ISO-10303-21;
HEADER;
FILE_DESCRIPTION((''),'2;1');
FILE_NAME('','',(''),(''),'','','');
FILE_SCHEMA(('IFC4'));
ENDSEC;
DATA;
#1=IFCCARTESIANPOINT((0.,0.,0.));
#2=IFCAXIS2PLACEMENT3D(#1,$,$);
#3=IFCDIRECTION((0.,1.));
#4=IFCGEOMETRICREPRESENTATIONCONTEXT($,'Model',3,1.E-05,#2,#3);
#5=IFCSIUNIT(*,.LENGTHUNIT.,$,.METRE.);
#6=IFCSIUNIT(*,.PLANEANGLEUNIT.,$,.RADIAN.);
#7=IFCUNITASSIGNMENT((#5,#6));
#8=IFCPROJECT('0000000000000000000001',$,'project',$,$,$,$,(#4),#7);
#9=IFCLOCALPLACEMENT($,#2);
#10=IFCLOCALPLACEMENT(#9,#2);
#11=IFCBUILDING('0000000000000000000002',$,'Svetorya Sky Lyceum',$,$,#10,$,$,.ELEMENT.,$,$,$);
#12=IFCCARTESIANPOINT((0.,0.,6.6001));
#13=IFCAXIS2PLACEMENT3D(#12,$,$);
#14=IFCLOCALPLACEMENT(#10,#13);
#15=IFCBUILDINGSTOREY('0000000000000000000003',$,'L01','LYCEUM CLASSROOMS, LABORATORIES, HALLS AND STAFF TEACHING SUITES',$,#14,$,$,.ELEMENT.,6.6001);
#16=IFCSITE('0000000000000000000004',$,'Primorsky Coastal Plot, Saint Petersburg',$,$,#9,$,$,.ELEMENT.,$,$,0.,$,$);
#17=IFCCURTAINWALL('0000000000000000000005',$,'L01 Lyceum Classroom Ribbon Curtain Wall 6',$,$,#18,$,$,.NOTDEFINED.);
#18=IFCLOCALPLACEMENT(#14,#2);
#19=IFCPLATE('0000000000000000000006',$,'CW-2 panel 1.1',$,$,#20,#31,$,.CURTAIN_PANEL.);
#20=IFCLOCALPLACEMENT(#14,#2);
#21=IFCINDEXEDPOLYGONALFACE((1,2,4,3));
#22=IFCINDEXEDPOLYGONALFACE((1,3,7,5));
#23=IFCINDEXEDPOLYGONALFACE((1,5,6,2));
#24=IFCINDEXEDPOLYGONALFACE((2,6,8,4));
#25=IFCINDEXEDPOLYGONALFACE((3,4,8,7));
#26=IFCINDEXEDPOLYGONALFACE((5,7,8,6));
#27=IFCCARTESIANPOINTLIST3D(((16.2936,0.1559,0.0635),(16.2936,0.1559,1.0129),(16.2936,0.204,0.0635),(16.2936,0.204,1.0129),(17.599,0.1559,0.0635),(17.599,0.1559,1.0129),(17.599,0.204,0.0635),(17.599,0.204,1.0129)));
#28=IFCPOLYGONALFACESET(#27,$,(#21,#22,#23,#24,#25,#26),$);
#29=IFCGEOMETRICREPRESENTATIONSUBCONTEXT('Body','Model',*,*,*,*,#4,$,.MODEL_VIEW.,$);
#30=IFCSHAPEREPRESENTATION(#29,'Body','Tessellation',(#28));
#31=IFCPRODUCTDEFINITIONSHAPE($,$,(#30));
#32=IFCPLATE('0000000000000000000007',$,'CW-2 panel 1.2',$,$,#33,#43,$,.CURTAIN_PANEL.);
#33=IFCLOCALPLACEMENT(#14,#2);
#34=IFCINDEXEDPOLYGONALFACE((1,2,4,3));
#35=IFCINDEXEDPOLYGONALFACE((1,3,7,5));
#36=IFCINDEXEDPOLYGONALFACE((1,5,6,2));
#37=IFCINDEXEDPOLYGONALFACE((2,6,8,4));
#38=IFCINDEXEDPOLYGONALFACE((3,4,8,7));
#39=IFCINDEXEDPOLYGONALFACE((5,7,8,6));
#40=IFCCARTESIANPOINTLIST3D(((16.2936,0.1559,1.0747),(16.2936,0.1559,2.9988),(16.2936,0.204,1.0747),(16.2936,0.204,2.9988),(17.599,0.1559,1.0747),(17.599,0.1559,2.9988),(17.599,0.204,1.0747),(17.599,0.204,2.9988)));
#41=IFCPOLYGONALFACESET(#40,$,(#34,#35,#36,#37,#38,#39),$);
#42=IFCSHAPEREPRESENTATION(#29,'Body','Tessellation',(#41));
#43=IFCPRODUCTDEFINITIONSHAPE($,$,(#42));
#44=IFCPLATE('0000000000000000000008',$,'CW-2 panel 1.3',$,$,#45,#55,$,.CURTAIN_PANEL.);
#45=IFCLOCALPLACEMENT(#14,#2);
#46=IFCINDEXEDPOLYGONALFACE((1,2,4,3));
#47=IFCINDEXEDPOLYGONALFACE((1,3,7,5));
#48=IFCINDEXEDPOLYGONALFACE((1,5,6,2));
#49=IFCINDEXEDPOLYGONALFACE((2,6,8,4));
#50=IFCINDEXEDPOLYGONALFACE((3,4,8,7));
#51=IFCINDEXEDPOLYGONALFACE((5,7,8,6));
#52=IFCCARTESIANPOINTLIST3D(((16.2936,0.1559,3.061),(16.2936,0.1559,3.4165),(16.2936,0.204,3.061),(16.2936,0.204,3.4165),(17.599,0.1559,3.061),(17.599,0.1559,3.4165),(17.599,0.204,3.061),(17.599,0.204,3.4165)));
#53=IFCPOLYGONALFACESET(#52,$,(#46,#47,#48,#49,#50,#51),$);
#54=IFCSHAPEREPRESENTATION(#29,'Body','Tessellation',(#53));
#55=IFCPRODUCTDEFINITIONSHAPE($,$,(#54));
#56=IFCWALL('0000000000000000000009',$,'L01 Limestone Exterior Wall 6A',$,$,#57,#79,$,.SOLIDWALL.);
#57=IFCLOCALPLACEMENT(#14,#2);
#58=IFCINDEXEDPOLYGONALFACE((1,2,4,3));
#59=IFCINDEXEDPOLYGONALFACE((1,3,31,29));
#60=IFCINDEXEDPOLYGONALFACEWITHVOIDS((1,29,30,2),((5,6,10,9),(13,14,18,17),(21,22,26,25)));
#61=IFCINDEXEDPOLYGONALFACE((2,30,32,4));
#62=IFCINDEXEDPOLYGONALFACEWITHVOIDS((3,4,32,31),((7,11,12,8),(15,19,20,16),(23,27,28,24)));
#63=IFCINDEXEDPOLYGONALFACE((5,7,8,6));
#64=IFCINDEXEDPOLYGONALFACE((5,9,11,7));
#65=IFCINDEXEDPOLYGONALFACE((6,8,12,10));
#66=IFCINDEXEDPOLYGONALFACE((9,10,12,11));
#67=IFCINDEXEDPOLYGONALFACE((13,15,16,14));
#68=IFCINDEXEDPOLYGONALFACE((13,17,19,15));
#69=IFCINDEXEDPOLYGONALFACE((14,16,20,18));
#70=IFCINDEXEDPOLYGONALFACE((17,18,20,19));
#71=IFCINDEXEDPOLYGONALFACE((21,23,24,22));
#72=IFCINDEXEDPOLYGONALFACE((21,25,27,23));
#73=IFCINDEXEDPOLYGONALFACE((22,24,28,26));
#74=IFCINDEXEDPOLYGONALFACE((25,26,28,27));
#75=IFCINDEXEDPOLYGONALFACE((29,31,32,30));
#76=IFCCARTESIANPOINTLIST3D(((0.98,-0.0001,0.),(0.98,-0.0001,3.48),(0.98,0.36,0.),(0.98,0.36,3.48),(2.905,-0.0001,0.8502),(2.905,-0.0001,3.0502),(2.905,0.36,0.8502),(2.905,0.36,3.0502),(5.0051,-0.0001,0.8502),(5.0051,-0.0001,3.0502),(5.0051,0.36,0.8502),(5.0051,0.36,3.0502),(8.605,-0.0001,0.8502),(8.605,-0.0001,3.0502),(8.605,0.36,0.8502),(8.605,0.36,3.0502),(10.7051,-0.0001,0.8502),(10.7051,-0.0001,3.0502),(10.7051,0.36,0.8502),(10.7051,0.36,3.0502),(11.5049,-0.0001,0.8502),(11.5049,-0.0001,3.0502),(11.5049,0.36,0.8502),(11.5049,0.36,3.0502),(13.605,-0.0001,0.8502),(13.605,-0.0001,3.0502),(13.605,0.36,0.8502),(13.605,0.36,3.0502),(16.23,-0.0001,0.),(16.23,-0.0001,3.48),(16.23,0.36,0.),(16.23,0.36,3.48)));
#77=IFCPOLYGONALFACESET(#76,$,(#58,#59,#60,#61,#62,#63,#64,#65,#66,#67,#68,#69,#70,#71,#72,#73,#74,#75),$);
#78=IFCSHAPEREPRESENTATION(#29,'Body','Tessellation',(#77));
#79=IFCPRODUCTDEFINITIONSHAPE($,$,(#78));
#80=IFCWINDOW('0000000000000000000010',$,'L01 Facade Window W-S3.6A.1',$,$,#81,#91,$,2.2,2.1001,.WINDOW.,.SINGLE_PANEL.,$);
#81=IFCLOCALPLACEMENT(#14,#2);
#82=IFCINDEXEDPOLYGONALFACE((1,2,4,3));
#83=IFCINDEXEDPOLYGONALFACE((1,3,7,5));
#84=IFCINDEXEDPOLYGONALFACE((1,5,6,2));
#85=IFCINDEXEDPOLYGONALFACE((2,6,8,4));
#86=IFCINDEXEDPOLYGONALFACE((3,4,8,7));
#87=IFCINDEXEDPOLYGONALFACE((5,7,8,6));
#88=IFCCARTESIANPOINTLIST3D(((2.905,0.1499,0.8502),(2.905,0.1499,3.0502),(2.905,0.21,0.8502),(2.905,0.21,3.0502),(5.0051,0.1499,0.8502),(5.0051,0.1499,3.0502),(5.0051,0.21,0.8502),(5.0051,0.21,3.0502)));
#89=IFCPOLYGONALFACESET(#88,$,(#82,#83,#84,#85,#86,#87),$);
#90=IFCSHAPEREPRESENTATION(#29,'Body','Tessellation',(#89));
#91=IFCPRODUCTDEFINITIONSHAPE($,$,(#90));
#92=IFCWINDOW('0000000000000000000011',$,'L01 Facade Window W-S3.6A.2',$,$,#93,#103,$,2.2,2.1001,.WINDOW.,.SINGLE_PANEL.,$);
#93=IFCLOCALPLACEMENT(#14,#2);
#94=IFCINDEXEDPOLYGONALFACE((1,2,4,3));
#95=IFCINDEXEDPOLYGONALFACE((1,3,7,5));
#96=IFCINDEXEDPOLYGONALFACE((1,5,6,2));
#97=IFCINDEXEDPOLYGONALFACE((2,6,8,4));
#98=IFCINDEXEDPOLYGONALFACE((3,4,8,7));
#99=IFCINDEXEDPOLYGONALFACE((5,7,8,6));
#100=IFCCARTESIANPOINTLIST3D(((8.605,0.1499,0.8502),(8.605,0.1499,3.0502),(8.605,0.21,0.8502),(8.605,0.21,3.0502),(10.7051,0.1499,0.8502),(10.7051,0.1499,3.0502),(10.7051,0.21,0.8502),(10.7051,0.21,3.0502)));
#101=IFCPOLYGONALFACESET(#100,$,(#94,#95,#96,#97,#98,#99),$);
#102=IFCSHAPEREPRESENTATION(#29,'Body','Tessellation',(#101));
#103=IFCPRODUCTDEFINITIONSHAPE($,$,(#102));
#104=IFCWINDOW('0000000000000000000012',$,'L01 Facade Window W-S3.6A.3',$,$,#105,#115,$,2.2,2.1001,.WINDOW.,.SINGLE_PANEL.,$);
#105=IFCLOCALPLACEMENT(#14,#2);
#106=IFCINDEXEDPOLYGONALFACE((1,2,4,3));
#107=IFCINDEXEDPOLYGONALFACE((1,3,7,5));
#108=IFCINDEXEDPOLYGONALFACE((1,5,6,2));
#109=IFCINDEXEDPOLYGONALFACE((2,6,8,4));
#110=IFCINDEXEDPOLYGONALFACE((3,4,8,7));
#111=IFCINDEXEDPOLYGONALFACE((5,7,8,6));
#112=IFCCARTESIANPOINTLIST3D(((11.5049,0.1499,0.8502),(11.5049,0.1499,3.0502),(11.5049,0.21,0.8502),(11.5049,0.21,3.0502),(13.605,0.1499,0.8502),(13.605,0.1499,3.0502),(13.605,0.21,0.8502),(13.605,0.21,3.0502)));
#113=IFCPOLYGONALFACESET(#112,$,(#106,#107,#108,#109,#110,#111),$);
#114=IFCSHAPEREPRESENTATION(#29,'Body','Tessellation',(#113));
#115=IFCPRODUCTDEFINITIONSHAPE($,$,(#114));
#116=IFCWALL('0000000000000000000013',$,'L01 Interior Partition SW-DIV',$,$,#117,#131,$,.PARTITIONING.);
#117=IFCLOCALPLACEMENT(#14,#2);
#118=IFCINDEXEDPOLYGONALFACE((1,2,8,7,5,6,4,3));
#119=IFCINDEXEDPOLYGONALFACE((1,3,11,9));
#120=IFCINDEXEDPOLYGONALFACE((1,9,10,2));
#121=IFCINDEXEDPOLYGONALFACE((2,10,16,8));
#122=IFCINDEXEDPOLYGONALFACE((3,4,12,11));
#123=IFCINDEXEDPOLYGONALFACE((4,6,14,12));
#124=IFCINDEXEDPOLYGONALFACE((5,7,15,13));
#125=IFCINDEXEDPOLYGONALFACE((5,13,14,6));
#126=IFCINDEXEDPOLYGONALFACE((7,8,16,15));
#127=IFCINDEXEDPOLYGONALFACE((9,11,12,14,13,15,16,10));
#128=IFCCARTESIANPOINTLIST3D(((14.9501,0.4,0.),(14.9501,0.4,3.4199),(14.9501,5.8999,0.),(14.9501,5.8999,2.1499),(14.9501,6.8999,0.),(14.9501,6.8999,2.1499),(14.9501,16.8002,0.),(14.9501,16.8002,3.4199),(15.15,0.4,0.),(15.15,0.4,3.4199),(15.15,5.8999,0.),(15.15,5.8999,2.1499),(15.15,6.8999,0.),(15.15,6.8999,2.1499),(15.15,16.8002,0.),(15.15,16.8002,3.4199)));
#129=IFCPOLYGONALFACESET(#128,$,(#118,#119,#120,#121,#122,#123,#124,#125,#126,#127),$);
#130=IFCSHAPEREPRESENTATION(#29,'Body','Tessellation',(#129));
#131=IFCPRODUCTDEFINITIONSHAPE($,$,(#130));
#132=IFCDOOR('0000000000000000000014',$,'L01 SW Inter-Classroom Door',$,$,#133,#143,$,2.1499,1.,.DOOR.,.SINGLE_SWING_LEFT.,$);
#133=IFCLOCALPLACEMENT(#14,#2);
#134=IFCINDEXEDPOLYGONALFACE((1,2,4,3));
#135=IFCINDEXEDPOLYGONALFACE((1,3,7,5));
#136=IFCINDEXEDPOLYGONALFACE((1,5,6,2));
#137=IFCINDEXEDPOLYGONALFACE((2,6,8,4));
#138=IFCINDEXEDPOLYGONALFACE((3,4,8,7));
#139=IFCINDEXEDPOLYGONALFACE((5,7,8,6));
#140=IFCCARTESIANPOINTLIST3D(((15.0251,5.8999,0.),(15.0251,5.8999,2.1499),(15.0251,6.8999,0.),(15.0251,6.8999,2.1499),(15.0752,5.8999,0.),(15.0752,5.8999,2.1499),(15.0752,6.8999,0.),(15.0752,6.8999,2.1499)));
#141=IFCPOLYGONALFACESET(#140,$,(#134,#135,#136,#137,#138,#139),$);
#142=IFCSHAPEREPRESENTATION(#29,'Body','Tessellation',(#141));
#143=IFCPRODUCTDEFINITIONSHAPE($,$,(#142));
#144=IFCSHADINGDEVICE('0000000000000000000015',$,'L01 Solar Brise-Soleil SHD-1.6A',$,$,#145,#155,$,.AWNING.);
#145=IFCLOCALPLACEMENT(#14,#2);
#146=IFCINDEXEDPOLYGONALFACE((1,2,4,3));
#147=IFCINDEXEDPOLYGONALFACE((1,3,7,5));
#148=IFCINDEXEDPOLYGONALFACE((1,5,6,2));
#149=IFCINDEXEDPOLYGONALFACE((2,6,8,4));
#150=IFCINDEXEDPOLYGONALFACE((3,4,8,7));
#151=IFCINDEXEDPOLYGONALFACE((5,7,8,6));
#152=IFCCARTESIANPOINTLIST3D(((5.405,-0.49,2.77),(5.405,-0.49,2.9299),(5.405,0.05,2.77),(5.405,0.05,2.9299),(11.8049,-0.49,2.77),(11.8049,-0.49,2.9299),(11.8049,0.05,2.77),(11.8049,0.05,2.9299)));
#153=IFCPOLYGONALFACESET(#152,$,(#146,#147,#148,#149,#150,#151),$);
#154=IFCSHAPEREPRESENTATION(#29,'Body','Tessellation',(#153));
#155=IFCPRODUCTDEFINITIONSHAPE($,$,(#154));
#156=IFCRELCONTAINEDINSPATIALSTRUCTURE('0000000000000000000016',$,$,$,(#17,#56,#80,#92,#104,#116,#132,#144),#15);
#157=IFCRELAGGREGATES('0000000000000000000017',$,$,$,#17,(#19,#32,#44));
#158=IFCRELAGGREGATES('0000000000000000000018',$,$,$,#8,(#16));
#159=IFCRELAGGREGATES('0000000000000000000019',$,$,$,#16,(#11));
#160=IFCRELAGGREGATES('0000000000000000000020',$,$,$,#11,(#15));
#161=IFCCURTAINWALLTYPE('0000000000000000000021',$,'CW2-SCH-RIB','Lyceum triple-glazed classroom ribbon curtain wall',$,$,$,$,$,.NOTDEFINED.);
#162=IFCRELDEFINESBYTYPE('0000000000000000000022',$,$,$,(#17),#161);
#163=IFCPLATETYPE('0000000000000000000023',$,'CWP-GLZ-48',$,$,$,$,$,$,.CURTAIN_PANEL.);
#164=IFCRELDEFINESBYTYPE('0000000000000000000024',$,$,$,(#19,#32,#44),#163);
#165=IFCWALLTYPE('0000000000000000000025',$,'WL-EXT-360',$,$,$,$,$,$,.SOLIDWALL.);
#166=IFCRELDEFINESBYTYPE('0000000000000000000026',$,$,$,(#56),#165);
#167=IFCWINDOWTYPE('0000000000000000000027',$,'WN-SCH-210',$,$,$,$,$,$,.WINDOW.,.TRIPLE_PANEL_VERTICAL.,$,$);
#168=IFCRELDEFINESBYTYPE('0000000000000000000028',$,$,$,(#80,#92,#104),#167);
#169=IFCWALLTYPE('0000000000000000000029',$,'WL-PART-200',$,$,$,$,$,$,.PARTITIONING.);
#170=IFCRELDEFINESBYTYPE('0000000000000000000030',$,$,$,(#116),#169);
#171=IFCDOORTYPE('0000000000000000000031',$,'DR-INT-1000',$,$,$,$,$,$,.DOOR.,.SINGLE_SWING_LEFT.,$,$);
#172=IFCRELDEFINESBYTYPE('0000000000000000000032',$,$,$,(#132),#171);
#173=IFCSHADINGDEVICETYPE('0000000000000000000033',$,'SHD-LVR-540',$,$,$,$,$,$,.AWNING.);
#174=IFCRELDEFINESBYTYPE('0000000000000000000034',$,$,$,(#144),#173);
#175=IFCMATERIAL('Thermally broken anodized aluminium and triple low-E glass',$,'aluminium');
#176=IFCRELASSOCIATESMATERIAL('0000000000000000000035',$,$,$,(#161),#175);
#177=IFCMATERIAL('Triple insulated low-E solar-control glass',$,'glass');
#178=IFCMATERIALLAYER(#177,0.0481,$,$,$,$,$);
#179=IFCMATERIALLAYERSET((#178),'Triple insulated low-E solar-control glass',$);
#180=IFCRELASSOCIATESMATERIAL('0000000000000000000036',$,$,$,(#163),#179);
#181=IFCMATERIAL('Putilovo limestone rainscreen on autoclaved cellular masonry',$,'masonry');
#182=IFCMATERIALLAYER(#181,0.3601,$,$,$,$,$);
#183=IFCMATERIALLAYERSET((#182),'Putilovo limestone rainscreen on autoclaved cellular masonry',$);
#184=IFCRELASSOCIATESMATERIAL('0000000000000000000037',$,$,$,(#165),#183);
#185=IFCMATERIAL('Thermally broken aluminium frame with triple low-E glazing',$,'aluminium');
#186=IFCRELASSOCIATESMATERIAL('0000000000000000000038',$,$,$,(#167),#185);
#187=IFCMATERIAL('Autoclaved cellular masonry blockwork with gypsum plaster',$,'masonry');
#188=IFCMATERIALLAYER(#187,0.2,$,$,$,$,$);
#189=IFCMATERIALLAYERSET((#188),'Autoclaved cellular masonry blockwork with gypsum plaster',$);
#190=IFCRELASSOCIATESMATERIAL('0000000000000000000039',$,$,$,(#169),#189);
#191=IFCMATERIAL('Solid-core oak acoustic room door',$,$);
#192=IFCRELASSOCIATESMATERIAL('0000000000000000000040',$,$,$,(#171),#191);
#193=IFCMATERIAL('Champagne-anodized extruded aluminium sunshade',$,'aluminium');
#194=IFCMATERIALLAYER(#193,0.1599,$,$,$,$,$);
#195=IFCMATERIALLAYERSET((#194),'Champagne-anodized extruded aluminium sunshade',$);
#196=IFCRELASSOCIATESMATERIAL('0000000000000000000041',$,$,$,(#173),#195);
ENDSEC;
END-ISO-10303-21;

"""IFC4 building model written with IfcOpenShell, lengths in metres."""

from ifc_helpers import new_model, si_unit, direction, frame, frame_2d, origin, origin_2d, place, context, subcontext, project, spatial, rectangle, extrude, material, layer, layer_set, type_object, element, fill, aggregate, save


model = new_model("IFC4")

# Units and contexts
model_context = context("Model", 3, precision=1e-05, world=origin(), true_north=direction((0.0, 1.0)))
body_context = subcontext(model_context, "Body", "Model", "MODEL_VIEW")
ifc_project = project(units=[si_unit("LENGTHUNIT", "METRE"), si_unit("PLANEANGLEUNIT", "RADIAN")], contexts=[model_context])

# Site, building, storey
site_placement = place(None, origin())
site = spatial("IfcSite", under=ifc_project, at=site_placement, Name="Primorsky Coastal Plot, Saint Petersburg", CompositionType="ELEMENT", RefElevation=0.0)
building_placement = place(site_placement, origin())
building = spatial("IfcBuilding", under=site, at=building_placement, Name="Svetorya Sky Lyceum", CompositionType="ELEMENT")
storey_placement = place(building_placement, frame((0.0, 0.0, 6.6001)))
storey = spatial("IfcBuildingStorey", under=building, at=storey_placement, Name="L01", Description="LYCEUM CLASSROOMS, LABORATORIES, HALLS AND STAFF TEACHING SUITES", CompositionType="ELEMENT", Elevation=6.6001)

# Curtain wall, plates
ifc_material_1 = material(Name="Thermally broken anodized aluminium and triple low-E glass", Category="aluminium")
curtain_wall_type = type_object("IfcCurtainWallType", Name="CW2-SCH-RIB", Description="Lyceum triple-glazed classroom ribbon curtain wall", PredefinedType="NOTDEFINED", material=ifc_material_1)
curtain_wall_placement = place(storey_placement, origin())
curtain_wall = element("IfcCurtainWall", 1, at=curtain_wall_placement, inside=storey, type_object=curtain_wall_type, Name="L01 Lyceum Classroom Ribbon Curtain Wall 6", PredefinedType="NOTDEFINED")
ifc_material_2 = material(Name="Triple insulated low-E solar-control glass", Category="glass")
ifc_layer_1 = layer(ifc_material_2, 0.0481)
ifc_layer_set_1 = layer_set([ifc_layer_1], Name="Triple insulated low-E solar-control glass")
plate_type = type_object("IfcPlateType", Name="CWP-GLZ-48", PredefinedType="CURTAIN_PANEL", material=ifc_layer_set_1)
plate_1_placement = place(storey_placement, frame((16.9463, 0.1799, 0.0635), z_axis=(0.0, 0.0, 1.0), x_axis=(1.0, 0.0, 0.0)))
plate_1 = element("IfcPlate", 2, at=plate_1_placement, type_object=plate_type, Name="CW-2 panel 1.1", PredefinedType="CURTAIN_PANEL", context=body_context, shape_type="SweptSolid", body=[
    extrude(rectangle(XDim=1.3054, YDim=0.0481, at=origin_2d()), origin(), (0.0, 0.0, 1.0), 0.9495),
])
plate_2_placement = place(storey_placement, frame((16.9463, 0.1799, 1.0747), z_axis=(0.0, 0.0, 1.0), x_axis=(1.0, 0.0, 0.0)))
plate_2 = element("IfcPlate", 3, at=plate_2_placement, type_object=plate_type, Name="CW-2 panel 1.2", PredefinedType="CURTAIN_PANEL", context=body_context, shape_type="SweptSolid", body=[
    extrude(rectangle(XDim=1.3054, YDim=0.0481, at=origin_2d()), origin(), (0.0, 0.0, 1.0), 1.9241),
])
plate_3_placement = place(storey_placement, frame((16.9463, 0.1799, 3.061), z_axis=(0.0, 0.0, 1.0), x_axis=(1.0, 0.0, 0.0)))
plate_3 = element("IfcPlate", 4, at=plate_3_placement, type_object=plate_type, Name="CW-2 panel 1.3", PredefinedType="CURTAIN_PANEL", context=body_context, shape_type="SweptSolid", body=[
    extrude(rectangle(XDim=1.3054, YDim=0.0481, at=origin_2d()), origin(), (0.0, 0.0, 1.0), 0.3555),
])
aggregate(curtain_wall, [plate_1, plate_2, plate_3])

# Wall, openings, windows
ifc_material_3 = material(Name="Putilovo limestone rainscreen on autoclaved cellular masonry", Category="masonry")
ifc_layer_2 = layer(ifc_material_3, 0.3601)
ifc_layer_set_2 = layer_set([ifc_layer_2], Name="Putilovo limestone rainscreen on autoclaved cellular masonry")
wall_type_1 = type_object("IfcWallType", Name="WL-EXT-360", PredefinedType="SOLIDWALL", material=ifc_layer_set_2)
wall_1_placement = place(storey_placement, frame((0.98, 0.1799, 0.0), z_axis=(0.0, 0.0, 1.0), x_axis=(1.0, 0.0, 0.0)))
wall_1 = element("IfcWall", 5, at=wall_1_placement, inside=storey, type_object=wall_type_1, Name="L01 Limestone Exterior Wall 6A", PredefinedType="SOLIDWALL", context=body_context, shape_type="SweptSolid", body=[
    extrude(rectangle(XDim=15.25, YDim=0.3601, at=frame_2d((7.625, 0.0))), origin(), (0.0, 0.0, 1.0), 3.48),
])
opening_1_placement = place(wall_1_placement, frame((1.925, 0.0, 0.8501)))
opening_1 = element("IfcOpeningElement", 6, at=opening_1_placement, cuts=wall_1, PredefinedType="OPENING", context=body_context, shape_type="SweptSolid", body=[
    extrude(rectangle(XDim=2.1001, YDim=2.2, at=frame_2d((1.05, 1.1001))), frame((0.0, 0.1899, 0.0), z_axis=(0.0, -1.0, 0.0), x_axis=(1.0, 0.0, 0.0)), (0.0, 0.0, 1.0), 0.3801),
])
opening_2_placement = place(wall_1_placement, frame((7.625, 0.0, 0.8501)))
opening_2 = element("IfcOpeningElement", 7, at=opening_2_placement, cuts=wall_1, PredefinedType="OPENING", context=body_context, shape_type="SweptSolid", body=[
    extrude(rectangle(XDim=2.1001, YDim=2.2, at=frame_2d((1.05, 1.1001))), frame((0.0, 0.1899, 0.0), z_axis=(0.0, -1.0, 0.0), x_axis=(1.0, 0.0, 0.0)), (0.0, 0.0, 1.0), 0.3801),
])
opening_3_placement = place(wall_1_placement, frame((10.5249, 0.0, 0.8501)))
opening_3 = element("IfcOpeningElement", 8, at=opening_3_placement, cuts=wall_1, PredefinedType="OPENING", context=body_context, shape_type="SweptSolid", body=[
    extrude(rectangle(XDim=2.1001, YDim=2.2, at=frame_2d((1.05, 1.1001))), frame((0.0, 0.1899, 0.0), z_axis=(0.0, -1.0, 0.0), x_axis=(1.0, 0.0, 0.0)), (0.0, 0.0, 1.0), 0.3801),
])
ifc_material_4 = material(Name="Thermally broken aluminium frame with triple low-E glazing", Category="aluminium")
window_type = type_object("IfcWindowType", Name="WN-SCH-210", PartitioningType="TRIPLE_PANEL_VERTICAL", PredefinedType="WINDOW", material=ifc_material_4)
window_1_placement = place(opening_1_placement, origin())
window_1 = element("IfcWindow", 9, at=window_1_placement, inside=storey, type_object=window_type, Name="L01 Facade Window W-S3.6A.1", OverallHeight=2.2, OverallWidth=2.1001, PartitioningType="SINGLE_PANEL", PredefinedType="WINDOW", context=body_context, shape_type="SweptSolid", body=[
    extrude(rectangle(XDim=2.1001, YDim=2.2, at=frame_2d((1.05, 1.1001))), frame((0.0, 0.03, 0.0), z_axis=(0.0, -1.0, 0.0), x_axis=(1.0, 0.0, 0.0)), (0.0, 0.0, 1.0), 0.0601),
])
fill(opening_1, window_1)
window_2_placement = place(opening_2_placement, origin())
window_2 = element("IfcWindow", 10, at=window_2_placement, inside=storey, type_object=window_type, Name="L01 Facade Window W-S3.6A.2", OverallHeight=2.2, OverallWidth=2.1001, PartitioningType="SINGLE_PANEL", PredefinedType="WINDOW", context=body_context, shape_type="SweptSolid", body=[
    extrude(rectangle(XDim=2.1001, YDim=2.2, at=frame_2d((1.05, 1.1001))), frame((0.0, 0.03, 0.0), z_axis=(0.0, -1.0, 0.0), x_axis=(1.0, 0.0, 0.0)), (0.0, 0.0, 1.0), 0.0601),
])
fill(opening_2, window_2)
window_3_placement = place(opening_3_placement, origin())
window_3 = element("IfcWindow", 11, at=window_3_placement, inside=storey, type_object=window_type, Name="L01 Facade Window W-S3.6A.3", OverallHeight=2.2, OverallWidth=2.1001, PartitioningType="SINGLE_PANEL", PredefinedType="WINDOW", context=body_context, shape_type="SweptSolid", body=[
    extrude(rectangle(XDim=2.1001, YDim=2.2, at=frame_2d((1.05, 1.1001))), frame((0.0, 0.03, 0.0), z_axis=(0.0, -1.0, 0.0), x_axis=(1.0, 0.0, 0.0)), (0.0, 0.0, 1.0), 0.0601),
])
fill(opening_3, window_3)

# Wall, opening, door
ifc_material_5 = material(Name="Autoclaved cellular masonry blockwork with gypsum plaster", Category="masonry")
ifc_layer_3 = layer(ifc_material_5, 0.2)
ifc_layer_set_3 = layer_set([ifc_layer_3], Name="Autoclaved cellular masonry blockwork with gypsum plaster")
wall_type_2 = type_object("IfcWallType", Name="WL-PART-200", PredefinedType="PARTITIONING", material=ifc_layer_set_3)
wall_2_placement = place(storey_placement, frame((15.05, 0.3999, 0.0), z_axis=(0.0, 0.0, 1.0), x_axis=(0.0, 1.0, 0.0)))
wall_2 = element("IfcWall", 12, at=wall_2_placement, inside=storey, type_object=wall_type_2, Name="L01 Interior Partition SW-DIV", PredefinedType="PARTITIONING", context=body_context, shape_type="SweptSolid", body=[
    extrude(rectangle(XDim=16.4001, YDim=0.2, at=frame_2d((8.2002, 0.0))), origin(), (0.0, 0.0, 1.0), 3.4199),
])
opening_4_placement = place(wall_2_placement, frame((5.5, 0.0, 0.0)))
opening_4 = element("IfcOpeningElement", 13, at=opening_4_placement, cuts=wall_2, PredefinedType="OPENING", context=body_context, shape_type="SweptSolid", body=[
    extrude(rectangle(XDim=1.0, YDim=2.1499, at=frame_2d((0.5, 1.075))), frame((0.0, 0.1099, 0.0), z_axis=(0.0, -1.0, 0.0), x_axis=(1.0, 0.0, 0.0)), (0.0, 0.0, 1.0), 0.22),
])
ifc_material_6 = material(Name="Solid-core oak acoustic room door")
door_type = type_object("IfcDoorType", Name="DR-INT-1000", OperationType="SINGLE_SWING_LEFT", PredefinedType="DOOR", material=ifc_material_6)
door_placement = place(opening_4_placement, origin())
door = element("IfcDoor", 14, at=door_placement, inside=storey, type_object=door_type, Name="L01 SW Inter-Classroom Door", OperationType="SINGLE_SWING_LEFT", OverallHeight=2.1499, OverallWidth=1.0, PredefinedType="DOOR", context=body_context, shape_type="SweptSolid", body=[
    extrude(rectangle(XDim=1.0, YDim=2.1499, at=frame_2d((0.5, 1.075))), frame((0.0, 0.0249, 0.0), z_axis=(0.0, -1.0, 0.0), x_axis=(1.0, 0.0, 0.0)), (0.0, 0.0, 1.0), 0.05),
])
fill(opening_4, door)

# Shading device
ifc_material_7 = material(Name="Champagne-anodized extruded aluminium sunshade", Category="aluminium")
ifc_layer_4 = layer(ifc_material_7, 0.1599)
ifc_layer_set_4 = layer_set([ifc_layer_4], Name="Champagne-anodized extruded aluminium sunshade")
shading_device_type = type_object("IfcShadingDeviceType", Name="SHD-LVR-540", PredefinedType="AWNING", material=ifc_layer_set_4)
shading_device_placement = place(storey_placement, frame((8.605, -0.22, 2.77), z_axis=(0.0, 0.0, 1.0), x_axis=(1.0, 0.0, 0.0)))
element("IfcShadingDevice", 15, at=shading_device_placement, inside=storey, type_object=shading_device_type, Name="L01 Solar Brise-Soleil SHD-1.6A", PredefinedType="AWNING", context=body_context, shape_type="SweptSolid", body=[
    extrude(rectangle(XDim=6.3999, YDim=0.54, at=origin_2d()), origin(), (0.0, 0.0, 1.0), 0.1599),
])

save(model, "model.ifc")
